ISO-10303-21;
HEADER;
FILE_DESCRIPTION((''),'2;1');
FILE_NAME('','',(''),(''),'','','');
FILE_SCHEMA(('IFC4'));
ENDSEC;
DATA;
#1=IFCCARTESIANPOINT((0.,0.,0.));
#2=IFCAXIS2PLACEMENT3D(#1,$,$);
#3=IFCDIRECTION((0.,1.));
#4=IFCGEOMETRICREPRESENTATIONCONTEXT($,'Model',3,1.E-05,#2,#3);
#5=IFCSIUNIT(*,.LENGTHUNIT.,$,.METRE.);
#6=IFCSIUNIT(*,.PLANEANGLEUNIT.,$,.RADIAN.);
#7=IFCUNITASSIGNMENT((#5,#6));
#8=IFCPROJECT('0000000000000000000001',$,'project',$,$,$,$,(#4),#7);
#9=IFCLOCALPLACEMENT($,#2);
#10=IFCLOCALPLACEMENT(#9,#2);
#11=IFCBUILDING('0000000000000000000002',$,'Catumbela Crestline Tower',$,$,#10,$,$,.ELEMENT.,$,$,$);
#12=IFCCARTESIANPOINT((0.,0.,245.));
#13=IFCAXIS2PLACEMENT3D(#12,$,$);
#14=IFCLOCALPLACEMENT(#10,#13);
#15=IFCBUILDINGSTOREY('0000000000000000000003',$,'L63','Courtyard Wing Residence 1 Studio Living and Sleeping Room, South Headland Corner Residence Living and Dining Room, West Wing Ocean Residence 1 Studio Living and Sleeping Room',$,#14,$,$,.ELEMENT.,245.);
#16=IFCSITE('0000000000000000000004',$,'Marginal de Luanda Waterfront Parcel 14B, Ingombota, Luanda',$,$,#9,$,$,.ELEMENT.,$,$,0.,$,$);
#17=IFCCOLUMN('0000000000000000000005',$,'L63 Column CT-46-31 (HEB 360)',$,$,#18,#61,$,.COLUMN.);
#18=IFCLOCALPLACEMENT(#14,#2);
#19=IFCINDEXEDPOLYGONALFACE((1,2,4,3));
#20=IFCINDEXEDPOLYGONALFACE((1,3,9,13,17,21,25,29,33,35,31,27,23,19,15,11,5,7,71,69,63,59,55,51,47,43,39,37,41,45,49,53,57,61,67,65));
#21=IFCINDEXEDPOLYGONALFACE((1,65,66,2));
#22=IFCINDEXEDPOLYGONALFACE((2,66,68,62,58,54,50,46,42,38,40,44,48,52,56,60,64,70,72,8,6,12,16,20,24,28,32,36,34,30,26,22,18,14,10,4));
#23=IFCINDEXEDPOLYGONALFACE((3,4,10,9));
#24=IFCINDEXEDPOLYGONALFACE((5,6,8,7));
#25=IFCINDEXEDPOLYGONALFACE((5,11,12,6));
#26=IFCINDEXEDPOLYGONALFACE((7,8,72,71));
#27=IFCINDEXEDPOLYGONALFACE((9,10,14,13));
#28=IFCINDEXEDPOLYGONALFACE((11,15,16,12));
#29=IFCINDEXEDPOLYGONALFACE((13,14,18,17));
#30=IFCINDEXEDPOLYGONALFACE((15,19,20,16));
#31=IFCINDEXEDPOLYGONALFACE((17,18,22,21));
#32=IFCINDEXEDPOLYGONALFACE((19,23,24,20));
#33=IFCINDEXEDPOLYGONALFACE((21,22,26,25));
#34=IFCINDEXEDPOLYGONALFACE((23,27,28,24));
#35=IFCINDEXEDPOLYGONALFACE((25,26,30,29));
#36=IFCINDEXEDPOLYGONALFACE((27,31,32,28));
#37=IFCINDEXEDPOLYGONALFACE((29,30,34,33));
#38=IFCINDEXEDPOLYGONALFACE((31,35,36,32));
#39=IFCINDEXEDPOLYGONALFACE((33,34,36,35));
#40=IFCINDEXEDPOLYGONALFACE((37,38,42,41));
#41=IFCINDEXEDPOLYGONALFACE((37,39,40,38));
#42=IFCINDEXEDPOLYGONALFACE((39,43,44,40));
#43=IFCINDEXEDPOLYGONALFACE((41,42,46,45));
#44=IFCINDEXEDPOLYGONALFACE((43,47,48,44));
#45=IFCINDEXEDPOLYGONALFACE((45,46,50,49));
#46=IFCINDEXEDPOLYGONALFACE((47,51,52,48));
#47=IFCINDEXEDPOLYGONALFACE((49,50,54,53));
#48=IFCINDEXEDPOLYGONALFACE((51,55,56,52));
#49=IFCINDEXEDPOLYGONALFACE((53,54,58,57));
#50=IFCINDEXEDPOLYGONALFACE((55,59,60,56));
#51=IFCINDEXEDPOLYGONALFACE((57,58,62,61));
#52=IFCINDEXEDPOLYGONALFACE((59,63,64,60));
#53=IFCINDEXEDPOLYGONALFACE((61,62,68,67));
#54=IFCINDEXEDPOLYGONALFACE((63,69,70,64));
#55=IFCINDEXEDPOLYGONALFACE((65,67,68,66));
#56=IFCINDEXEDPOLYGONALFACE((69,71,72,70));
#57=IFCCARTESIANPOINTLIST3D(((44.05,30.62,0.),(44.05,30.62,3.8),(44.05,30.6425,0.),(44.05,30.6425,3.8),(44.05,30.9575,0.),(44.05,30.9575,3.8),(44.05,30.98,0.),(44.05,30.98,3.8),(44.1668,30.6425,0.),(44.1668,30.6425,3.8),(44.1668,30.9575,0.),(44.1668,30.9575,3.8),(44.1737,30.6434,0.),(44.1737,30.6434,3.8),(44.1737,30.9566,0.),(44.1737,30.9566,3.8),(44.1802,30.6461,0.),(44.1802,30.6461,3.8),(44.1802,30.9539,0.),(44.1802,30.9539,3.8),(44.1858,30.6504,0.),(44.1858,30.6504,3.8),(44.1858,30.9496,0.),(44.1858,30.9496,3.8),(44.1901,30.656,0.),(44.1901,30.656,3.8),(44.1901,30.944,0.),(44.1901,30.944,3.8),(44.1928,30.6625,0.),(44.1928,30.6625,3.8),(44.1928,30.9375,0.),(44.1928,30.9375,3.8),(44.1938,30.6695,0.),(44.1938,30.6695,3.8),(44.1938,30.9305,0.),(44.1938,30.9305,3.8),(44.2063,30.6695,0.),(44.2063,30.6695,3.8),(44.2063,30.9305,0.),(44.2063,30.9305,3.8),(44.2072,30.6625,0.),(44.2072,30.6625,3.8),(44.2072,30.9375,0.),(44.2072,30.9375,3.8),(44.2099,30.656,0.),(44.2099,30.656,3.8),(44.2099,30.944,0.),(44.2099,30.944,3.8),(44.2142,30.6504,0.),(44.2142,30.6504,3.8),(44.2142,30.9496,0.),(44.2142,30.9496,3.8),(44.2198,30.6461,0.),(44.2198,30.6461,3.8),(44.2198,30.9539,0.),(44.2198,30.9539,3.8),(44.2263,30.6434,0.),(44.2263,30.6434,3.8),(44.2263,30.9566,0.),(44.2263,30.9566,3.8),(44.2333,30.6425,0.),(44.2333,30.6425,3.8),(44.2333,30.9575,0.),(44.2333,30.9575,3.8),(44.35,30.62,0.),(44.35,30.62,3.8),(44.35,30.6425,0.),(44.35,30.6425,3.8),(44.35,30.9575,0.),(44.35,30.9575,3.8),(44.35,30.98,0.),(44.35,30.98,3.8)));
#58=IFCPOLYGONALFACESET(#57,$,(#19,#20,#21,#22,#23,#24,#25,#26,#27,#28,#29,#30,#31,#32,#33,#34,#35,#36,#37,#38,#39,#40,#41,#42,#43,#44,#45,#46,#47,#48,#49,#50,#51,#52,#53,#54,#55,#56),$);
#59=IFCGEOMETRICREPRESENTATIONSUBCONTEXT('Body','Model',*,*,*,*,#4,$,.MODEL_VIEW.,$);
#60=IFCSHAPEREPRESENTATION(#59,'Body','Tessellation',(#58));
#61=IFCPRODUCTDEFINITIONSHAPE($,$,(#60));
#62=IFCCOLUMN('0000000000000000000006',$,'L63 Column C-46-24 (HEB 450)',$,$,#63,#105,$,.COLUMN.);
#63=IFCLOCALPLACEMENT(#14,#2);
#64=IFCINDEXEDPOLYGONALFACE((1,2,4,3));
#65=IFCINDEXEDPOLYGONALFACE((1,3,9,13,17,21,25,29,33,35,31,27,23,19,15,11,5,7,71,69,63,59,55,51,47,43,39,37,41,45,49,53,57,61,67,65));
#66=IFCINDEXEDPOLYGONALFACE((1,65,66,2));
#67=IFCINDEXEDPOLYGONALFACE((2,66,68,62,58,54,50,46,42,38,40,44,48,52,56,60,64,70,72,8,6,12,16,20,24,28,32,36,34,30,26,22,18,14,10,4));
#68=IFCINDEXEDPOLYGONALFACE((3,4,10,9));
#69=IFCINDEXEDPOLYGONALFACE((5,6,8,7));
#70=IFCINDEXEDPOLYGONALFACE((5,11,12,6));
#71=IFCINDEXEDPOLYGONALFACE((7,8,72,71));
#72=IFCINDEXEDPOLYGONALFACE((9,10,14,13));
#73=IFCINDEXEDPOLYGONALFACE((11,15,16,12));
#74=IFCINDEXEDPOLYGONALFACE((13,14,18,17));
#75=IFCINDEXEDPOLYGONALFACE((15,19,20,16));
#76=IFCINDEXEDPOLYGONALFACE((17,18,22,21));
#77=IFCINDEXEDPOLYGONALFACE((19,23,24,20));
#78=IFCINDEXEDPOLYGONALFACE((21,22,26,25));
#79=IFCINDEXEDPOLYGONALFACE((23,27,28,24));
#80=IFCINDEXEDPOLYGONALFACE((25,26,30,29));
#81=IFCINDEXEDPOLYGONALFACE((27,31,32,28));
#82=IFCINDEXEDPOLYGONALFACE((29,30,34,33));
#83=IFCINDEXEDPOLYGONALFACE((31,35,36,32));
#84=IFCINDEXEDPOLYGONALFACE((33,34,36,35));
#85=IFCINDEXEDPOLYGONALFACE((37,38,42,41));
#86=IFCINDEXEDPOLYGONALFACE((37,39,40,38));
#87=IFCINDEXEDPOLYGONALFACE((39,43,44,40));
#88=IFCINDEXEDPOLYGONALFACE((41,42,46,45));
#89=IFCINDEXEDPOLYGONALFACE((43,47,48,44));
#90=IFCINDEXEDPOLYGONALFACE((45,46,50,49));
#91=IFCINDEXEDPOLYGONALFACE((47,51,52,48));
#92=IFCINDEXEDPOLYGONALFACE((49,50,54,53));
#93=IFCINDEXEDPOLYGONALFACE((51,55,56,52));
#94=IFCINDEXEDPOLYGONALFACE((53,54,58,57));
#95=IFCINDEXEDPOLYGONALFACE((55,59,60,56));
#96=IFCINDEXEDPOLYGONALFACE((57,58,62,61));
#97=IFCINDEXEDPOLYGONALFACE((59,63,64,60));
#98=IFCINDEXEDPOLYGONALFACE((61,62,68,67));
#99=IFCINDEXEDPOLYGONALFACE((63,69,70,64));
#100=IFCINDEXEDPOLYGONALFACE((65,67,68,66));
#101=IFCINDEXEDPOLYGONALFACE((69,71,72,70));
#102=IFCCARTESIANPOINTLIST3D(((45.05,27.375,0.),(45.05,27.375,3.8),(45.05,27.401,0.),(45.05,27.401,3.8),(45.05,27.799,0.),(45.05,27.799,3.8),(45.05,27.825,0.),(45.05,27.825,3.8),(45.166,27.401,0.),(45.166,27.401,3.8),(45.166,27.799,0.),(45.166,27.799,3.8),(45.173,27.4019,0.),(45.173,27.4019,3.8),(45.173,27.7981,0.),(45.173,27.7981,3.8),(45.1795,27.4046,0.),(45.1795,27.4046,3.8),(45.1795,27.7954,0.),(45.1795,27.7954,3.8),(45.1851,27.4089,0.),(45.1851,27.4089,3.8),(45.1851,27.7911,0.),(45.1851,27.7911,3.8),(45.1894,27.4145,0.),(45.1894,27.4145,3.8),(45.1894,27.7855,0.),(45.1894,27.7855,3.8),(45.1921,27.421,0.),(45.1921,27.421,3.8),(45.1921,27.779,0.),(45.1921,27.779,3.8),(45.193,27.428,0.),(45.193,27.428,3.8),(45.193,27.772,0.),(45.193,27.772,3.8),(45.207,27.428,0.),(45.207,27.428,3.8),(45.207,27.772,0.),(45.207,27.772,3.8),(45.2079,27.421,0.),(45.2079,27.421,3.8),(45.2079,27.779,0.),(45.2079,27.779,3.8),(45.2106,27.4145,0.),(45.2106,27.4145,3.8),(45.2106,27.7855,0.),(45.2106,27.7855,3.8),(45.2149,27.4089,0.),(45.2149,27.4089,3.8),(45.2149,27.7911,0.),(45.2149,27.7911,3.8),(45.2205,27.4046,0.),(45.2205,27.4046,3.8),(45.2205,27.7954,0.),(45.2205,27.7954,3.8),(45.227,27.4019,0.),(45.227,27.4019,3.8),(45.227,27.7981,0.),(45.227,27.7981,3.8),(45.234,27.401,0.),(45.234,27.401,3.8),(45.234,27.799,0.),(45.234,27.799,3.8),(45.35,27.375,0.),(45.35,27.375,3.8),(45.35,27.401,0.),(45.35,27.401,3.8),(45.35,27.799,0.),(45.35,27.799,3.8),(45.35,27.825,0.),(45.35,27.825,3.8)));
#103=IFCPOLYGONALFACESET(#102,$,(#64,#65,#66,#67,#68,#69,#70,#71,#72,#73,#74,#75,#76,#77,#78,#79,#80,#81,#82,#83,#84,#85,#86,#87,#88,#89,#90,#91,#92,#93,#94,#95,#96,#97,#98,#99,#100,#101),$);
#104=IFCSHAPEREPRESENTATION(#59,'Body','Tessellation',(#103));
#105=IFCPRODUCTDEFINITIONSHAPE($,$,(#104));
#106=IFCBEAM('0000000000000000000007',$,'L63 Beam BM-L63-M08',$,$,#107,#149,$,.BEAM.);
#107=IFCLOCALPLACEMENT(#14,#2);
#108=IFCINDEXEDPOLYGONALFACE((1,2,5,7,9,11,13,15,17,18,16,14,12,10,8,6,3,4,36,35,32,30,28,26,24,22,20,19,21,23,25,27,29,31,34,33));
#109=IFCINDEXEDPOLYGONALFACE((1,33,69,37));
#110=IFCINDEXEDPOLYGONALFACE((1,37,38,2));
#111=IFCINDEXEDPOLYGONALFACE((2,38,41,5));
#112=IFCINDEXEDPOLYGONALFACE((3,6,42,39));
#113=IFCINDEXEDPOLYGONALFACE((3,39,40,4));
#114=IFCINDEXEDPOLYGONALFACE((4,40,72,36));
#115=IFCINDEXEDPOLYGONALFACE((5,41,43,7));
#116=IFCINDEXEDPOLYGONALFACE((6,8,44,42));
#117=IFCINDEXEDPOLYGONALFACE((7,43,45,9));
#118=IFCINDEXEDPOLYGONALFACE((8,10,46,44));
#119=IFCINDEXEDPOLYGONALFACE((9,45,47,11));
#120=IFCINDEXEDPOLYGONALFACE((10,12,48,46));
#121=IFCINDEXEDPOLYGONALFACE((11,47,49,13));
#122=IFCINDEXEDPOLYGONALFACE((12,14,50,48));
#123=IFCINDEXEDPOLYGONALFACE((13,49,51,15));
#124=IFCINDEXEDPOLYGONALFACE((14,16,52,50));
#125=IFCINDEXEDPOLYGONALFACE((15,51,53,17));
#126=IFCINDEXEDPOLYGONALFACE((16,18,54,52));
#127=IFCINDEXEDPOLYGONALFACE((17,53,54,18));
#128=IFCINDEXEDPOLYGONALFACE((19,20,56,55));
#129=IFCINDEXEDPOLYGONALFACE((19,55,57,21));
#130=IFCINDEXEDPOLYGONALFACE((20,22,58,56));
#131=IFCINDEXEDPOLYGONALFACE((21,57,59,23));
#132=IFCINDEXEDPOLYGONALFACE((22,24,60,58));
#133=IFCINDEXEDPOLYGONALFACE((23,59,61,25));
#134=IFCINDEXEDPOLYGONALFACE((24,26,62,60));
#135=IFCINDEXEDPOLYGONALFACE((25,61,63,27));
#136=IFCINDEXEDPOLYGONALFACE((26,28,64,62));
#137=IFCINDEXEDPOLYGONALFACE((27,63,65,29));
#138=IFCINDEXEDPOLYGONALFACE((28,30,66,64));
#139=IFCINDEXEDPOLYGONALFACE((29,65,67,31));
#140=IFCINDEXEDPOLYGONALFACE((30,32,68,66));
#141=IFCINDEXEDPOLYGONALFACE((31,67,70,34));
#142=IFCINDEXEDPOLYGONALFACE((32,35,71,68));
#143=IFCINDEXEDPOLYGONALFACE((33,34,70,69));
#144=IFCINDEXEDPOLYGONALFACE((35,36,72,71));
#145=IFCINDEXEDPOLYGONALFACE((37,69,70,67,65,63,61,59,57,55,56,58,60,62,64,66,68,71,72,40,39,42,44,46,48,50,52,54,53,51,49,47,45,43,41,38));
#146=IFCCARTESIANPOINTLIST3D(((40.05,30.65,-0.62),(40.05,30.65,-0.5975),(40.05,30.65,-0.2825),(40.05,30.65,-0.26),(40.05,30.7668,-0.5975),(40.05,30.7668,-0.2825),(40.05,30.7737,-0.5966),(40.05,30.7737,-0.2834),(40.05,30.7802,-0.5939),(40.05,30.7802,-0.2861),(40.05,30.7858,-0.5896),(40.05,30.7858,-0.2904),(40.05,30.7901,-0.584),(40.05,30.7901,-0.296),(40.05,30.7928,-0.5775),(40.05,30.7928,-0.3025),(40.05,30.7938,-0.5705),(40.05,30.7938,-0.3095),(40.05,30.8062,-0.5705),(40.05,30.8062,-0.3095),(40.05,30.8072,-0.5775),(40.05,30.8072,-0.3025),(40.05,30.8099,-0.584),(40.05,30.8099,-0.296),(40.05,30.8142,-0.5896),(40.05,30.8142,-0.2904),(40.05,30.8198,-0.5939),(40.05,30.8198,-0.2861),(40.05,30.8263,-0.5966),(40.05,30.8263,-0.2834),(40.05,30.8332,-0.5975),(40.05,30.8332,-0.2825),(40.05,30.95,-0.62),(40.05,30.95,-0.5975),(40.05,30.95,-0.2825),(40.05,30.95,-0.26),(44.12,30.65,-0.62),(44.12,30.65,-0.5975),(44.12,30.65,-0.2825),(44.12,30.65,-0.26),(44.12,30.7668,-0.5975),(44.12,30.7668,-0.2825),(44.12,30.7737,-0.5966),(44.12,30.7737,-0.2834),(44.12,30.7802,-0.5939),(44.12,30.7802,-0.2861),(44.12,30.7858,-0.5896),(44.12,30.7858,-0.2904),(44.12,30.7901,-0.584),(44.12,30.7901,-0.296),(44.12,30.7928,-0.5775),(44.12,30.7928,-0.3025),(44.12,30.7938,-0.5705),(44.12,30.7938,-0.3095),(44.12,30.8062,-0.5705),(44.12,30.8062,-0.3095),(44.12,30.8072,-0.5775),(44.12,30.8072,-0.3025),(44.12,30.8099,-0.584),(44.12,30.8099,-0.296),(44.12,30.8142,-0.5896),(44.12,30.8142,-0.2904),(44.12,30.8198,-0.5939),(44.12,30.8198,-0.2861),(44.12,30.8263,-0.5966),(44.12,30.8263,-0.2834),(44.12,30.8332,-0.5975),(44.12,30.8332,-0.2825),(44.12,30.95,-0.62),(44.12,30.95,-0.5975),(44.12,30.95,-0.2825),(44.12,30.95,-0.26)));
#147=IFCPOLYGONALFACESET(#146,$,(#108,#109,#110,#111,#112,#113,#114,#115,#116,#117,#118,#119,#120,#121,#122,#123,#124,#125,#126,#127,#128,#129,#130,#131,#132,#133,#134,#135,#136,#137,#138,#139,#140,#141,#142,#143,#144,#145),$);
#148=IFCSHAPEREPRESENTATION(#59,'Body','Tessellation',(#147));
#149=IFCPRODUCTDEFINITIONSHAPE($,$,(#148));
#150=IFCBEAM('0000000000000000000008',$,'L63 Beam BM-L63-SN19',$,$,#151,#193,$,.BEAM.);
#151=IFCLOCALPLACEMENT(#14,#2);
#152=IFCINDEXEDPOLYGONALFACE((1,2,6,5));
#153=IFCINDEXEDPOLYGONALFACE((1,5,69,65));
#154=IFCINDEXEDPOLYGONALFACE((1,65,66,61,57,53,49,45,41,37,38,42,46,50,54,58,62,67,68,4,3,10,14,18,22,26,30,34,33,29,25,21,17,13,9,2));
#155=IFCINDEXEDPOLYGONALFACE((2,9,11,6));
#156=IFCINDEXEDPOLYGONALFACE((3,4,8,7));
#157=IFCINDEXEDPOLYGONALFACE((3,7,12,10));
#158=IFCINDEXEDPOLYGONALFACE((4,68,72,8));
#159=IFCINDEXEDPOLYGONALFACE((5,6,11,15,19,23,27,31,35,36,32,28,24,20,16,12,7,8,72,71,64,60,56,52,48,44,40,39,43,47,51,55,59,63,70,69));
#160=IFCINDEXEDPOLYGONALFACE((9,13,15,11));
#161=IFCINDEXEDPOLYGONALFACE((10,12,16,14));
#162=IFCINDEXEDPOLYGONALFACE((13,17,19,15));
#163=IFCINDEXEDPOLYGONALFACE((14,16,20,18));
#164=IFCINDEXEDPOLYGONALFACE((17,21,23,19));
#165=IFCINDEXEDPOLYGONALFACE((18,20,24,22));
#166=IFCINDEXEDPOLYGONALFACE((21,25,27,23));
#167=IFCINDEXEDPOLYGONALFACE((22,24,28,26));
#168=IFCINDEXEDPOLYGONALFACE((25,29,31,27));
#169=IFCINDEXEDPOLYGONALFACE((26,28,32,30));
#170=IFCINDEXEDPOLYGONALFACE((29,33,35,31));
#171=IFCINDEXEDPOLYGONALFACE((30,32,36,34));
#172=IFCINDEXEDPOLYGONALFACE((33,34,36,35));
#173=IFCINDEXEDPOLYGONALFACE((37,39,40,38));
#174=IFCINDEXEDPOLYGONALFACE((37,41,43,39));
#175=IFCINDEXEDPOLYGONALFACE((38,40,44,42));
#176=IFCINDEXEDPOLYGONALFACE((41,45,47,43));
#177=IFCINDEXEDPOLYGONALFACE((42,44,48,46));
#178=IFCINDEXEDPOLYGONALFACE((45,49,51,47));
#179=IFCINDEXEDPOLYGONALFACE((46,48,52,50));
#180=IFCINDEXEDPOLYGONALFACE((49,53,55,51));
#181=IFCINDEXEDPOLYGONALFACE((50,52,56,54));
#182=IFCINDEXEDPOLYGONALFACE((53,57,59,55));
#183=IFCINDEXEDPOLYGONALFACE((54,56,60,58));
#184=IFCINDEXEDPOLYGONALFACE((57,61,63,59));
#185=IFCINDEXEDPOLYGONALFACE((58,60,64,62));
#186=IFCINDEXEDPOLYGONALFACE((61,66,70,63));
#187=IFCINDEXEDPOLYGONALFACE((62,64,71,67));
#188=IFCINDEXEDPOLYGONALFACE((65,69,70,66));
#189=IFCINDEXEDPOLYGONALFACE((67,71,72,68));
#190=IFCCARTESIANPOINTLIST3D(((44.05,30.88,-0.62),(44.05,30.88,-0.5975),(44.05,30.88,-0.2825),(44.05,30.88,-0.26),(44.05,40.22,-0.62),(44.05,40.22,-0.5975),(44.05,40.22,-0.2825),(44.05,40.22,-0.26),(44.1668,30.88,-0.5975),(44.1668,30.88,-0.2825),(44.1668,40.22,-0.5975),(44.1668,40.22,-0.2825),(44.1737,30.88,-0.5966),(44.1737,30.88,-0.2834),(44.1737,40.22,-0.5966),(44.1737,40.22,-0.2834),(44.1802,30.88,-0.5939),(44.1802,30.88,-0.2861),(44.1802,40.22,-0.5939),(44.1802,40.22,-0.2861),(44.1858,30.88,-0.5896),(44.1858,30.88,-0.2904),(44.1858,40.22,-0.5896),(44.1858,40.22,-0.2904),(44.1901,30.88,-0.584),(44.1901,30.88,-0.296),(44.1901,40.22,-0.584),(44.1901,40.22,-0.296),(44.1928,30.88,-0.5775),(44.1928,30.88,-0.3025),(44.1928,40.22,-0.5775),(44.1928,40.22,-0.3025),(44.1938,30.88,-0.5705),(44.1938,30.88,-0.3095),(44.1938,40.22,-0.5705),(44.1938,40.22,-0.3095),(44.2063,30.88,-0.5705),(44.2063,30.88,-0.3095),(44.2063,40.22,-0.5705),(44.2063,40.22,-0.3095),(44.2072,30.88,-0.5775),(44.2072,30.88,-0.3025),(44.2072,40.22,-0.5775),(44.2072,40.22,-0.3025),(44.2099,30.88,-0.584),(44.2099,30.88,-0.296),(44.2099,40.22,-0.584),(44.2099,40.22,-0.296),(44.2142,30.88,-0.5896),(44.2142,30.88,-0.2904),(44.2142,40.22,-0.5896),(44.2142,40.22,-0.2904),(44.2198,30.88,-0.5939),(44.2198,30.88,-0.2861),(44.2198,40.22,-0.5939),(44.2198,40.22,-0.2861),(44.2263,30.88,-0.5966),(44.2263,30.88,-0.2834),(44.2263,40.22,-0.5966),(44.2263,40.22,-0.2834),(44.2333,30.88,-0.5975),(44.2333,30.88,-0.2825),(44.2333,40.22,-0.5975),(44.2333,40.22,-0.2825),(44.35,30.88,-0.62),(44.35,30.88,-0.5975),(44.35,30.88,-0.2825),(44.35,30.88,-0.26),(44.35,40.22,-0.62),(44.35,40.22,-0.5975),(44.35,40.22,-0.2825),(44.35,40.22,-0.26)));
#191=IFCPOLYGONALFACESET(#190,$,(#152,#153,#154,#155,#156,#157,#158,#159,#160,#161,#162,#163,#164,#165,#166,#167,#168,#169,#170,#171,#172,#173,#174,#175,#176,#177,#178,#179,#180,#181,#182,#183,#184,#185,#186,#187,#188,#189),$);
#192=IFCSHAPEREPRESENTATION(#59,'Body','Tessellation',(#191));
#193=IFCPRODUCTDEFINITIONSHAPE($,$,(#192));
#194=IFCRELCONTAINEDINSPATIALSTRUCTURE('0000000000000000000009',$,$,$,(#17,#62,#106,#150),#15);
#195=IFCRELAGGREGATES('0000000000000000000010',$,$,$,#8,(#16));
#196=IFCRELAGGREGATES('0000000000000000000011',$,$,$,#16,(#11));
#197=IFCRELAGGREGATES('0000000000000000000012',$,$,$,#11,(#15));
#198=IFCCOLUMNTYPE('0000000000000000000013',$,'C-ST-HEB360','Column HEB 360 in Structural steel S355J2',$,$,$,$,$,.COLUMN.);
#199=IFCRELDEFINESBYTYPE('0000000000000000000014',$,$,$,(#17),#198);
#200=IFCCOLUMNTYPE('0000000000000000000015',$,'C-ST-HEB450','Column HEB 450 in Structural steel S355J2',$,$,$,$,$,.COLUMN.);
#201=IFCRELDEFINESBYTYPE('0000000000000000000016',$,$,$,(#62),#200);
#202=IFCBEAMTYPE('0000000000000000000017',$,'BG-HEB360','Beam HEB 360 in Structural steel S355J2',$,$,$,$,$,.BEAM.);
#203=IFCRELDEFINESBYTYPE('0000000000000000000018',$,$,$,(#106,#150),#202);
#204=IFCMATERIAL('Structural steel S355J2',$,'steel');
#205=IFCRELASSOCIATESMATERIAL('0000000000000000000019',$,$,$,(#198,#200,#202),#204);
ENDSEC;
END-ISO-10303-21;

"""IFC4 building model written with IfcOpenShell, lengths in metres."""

from ifc_helpers import new_model, si_unit, direction, frame, origin, origin_2d, place, context, subcontext, project, spatial, i_section, extrude, material, material_profile, profile_set, type_object, element, save


model = new_model("IFC4")

# Units and contexts
model_context = context("Model", 3, precision=1e-05, world=origin(), true_north=direction((0.0, 1.0)))
body_context = subcontext(model_context, "Body", "Model", "MODEL_VIEW")
ifc_project = project(units=[si_unit("LENGTHUNIT", "METRE"), si_unit("PLANEANGLEUNIT", "RADIAN")], contexts=[model_context])

# Site, building, storey
site_placement = place(None, origin())
site = spatial("IfcSite", under=ifc_project, at=site_placement, Name="Marginal de Luanda Waterfront Parcel 14B, Ingombota, Luanda", CompositionType="ELEMENT", RefElevation=0.0)
building_placement = place(site_placement, origin())
building = spatial("IfcBuilding", under=site, at=building_placement, Name="Catumbela Crestline Tower", CompositionType="ELEMENT")
storey_placement = place(building_placement, frame((0.0, 0.0, 245.0)))
storey = spatial("IfcBuildingStorey", under=building, at=storey_placement, Name="L63", Description="Courtyard Wing Residence 1 Studio Living and Sleeping Room, South Headland Corner Residence Living and Dining Room, West Wing Ocean Residence 1 Studio Living and Sleeping Room", CompositionType="ELEMENT", Elevation=245.0)

# Columns
ifc_material_1 = material(Name="Structural steel S355J2", Category="steel")
ifc_material_profile_1 = material_profile(ifc_material_1, i_section(OverallWidth=0.3, OverallDepth=0.36, WebThickness=0.0125, FlangeThickness=0.0225, FilletRadius=0.027, at=origin_2d()), Name="HEB 360")
ifc_profile_set_1 = profile_set([ifc_material_profile_1], Name="Structural steel S355J2")
column_type_1 = type_object("IfcColumnType", Name="C-ST-HEB360", Description="Column HEB 360 in Structural steel S355J2", PredefinedType="COLUMN", material=ifc_profile_set_1)
column_1_placement = place(storey_placement, frame((44.2, 30.8, 0.0), z_axis=(0.0, 0.0, 1.0), x_axis=(1.0, 0.0, 0.0)))
element("IfcColumn", 1, at=column_1_placement, inside=storey, type_object=column_type_1, Name="L63 Column CT-46-31 (HEB 360)", PredefinedType="COLUMN", context=body_context, shape_type="SweptSolid", body=[
    extrude(i_section(OverallWidth=0.3, OverallDepth=0.36, WebThickness=0.0125, FlangeThickness=0.0225, FilletRadius=0.027, at=origin_2d()), origin(), (0.0, 0.0, 1.0), 3.8),
])
ifc_material_profile_2 = material_profile(ifc_material_1, i_section(OverallWidth=0.3, OverallDepth=0.45, WebThickness=0.014, FlangeThickness=0.026, FilletRadius=0.027, at=origin_2d()), Name="HEB 450")
ifc_profile_set_2 = profile_set([ifc_material_profile_2], Name="Structural steel S355J2")
column_type_2 = type_object("IfcColumnType", Name="C-ST-HEB450", Description="Column HEB 450 in Structural steel S355J2", PredefinedType="COLUMN", material=ifc_profile_set_2)
column_2_placement = place(storey_placement, frame((45.2, 27.6, 0.0), z_axis=(0.0, 0.0, 1.0), x_axis=(1.0, 0.0, 0.0)))
element("IfcColumn", 2, at=column_2_placement, inside=storey, type_object=column_type_2, Name="L63 Column C-46-24 (HEB 450)", PredefinedType="COLUMN", context=body_context, shape_type="SweptSolid", body=[
    extrude(i_section(OverallWidth=0.3, OverallDepth=0.45, WebThickness=0.014, FlangeThickness=0.026, FilletRadius=0.027, at=origin_2d()), origin(), (0.0, 0.0, 1.0), 3.8),
])

# Beams
ifc_material_profile_3 = material_profile(ifc_material_1, i_section(OverallWidth=0.3, OverallDepth=0.36, WebThickness=0.0125, FlangeThickness=0.0225, FilletRadius=0.027, at=origin_2d()), Name="HEB 360")
ifc_profile_set_3 = profile_set([ifc_material_profile_3], Name="Structural steel S355J2")
beam_type_1 = type_object("IfcBeamType", Name="BG-HEB360", Description="Beam HEB 360 in Structural steel S355J2", PredefinedType="BEAM", material=ifc_profile_set_3)
beam_1_placement = place(storey_placement, frame((40.05, 30.8, -0.44), z_axis=(1.0, 0.0, 0.0), x_axis=(0.0, 1.0, 0.0)))
element("IfcBeam", 3, at=beam_1_placement, inside=storey, type_object=beam_type_1, Name="L63 Beam BM-L63-M08", PredefinedType="BEAM", context=body_context, shape_type="SweptSolid", body=[
    extrude(i_section(OverallWidth=0.3, OverallDepth=0.36, WebThickness=0.0125, FlangeThickness=0.0225, FilletRadius=0.027, at=origin_2d()), origin(), (0.0, 0.0, 1.0), 4.07),
])
beam_2_placement = place(storey_placement, frame((44.2, 30.88, -0.44), z_axis=(0.0, 1.0, 0.0), x_axis=(-1.0, 0.0, 0.0)))
element("IfcBeam", 4, at=beam_2_placement, inside=storey, type_object=beam_type_1, Name="L63 Beam BM-L63-SN19", PredefinedType="BEAM", context=body_context, shape_type="SweptSolid", body=[
    extrude(i_section(OverallWidth=0.3, OverallDepth=0.36, WebThickness=0.0125, FlangeThickness=0.0225, FilletRadius=0.027, at=origin_2d()), origin(), (0.0, 0.0, 1.0), 9.34),
])

save(model, "model.ifc")
